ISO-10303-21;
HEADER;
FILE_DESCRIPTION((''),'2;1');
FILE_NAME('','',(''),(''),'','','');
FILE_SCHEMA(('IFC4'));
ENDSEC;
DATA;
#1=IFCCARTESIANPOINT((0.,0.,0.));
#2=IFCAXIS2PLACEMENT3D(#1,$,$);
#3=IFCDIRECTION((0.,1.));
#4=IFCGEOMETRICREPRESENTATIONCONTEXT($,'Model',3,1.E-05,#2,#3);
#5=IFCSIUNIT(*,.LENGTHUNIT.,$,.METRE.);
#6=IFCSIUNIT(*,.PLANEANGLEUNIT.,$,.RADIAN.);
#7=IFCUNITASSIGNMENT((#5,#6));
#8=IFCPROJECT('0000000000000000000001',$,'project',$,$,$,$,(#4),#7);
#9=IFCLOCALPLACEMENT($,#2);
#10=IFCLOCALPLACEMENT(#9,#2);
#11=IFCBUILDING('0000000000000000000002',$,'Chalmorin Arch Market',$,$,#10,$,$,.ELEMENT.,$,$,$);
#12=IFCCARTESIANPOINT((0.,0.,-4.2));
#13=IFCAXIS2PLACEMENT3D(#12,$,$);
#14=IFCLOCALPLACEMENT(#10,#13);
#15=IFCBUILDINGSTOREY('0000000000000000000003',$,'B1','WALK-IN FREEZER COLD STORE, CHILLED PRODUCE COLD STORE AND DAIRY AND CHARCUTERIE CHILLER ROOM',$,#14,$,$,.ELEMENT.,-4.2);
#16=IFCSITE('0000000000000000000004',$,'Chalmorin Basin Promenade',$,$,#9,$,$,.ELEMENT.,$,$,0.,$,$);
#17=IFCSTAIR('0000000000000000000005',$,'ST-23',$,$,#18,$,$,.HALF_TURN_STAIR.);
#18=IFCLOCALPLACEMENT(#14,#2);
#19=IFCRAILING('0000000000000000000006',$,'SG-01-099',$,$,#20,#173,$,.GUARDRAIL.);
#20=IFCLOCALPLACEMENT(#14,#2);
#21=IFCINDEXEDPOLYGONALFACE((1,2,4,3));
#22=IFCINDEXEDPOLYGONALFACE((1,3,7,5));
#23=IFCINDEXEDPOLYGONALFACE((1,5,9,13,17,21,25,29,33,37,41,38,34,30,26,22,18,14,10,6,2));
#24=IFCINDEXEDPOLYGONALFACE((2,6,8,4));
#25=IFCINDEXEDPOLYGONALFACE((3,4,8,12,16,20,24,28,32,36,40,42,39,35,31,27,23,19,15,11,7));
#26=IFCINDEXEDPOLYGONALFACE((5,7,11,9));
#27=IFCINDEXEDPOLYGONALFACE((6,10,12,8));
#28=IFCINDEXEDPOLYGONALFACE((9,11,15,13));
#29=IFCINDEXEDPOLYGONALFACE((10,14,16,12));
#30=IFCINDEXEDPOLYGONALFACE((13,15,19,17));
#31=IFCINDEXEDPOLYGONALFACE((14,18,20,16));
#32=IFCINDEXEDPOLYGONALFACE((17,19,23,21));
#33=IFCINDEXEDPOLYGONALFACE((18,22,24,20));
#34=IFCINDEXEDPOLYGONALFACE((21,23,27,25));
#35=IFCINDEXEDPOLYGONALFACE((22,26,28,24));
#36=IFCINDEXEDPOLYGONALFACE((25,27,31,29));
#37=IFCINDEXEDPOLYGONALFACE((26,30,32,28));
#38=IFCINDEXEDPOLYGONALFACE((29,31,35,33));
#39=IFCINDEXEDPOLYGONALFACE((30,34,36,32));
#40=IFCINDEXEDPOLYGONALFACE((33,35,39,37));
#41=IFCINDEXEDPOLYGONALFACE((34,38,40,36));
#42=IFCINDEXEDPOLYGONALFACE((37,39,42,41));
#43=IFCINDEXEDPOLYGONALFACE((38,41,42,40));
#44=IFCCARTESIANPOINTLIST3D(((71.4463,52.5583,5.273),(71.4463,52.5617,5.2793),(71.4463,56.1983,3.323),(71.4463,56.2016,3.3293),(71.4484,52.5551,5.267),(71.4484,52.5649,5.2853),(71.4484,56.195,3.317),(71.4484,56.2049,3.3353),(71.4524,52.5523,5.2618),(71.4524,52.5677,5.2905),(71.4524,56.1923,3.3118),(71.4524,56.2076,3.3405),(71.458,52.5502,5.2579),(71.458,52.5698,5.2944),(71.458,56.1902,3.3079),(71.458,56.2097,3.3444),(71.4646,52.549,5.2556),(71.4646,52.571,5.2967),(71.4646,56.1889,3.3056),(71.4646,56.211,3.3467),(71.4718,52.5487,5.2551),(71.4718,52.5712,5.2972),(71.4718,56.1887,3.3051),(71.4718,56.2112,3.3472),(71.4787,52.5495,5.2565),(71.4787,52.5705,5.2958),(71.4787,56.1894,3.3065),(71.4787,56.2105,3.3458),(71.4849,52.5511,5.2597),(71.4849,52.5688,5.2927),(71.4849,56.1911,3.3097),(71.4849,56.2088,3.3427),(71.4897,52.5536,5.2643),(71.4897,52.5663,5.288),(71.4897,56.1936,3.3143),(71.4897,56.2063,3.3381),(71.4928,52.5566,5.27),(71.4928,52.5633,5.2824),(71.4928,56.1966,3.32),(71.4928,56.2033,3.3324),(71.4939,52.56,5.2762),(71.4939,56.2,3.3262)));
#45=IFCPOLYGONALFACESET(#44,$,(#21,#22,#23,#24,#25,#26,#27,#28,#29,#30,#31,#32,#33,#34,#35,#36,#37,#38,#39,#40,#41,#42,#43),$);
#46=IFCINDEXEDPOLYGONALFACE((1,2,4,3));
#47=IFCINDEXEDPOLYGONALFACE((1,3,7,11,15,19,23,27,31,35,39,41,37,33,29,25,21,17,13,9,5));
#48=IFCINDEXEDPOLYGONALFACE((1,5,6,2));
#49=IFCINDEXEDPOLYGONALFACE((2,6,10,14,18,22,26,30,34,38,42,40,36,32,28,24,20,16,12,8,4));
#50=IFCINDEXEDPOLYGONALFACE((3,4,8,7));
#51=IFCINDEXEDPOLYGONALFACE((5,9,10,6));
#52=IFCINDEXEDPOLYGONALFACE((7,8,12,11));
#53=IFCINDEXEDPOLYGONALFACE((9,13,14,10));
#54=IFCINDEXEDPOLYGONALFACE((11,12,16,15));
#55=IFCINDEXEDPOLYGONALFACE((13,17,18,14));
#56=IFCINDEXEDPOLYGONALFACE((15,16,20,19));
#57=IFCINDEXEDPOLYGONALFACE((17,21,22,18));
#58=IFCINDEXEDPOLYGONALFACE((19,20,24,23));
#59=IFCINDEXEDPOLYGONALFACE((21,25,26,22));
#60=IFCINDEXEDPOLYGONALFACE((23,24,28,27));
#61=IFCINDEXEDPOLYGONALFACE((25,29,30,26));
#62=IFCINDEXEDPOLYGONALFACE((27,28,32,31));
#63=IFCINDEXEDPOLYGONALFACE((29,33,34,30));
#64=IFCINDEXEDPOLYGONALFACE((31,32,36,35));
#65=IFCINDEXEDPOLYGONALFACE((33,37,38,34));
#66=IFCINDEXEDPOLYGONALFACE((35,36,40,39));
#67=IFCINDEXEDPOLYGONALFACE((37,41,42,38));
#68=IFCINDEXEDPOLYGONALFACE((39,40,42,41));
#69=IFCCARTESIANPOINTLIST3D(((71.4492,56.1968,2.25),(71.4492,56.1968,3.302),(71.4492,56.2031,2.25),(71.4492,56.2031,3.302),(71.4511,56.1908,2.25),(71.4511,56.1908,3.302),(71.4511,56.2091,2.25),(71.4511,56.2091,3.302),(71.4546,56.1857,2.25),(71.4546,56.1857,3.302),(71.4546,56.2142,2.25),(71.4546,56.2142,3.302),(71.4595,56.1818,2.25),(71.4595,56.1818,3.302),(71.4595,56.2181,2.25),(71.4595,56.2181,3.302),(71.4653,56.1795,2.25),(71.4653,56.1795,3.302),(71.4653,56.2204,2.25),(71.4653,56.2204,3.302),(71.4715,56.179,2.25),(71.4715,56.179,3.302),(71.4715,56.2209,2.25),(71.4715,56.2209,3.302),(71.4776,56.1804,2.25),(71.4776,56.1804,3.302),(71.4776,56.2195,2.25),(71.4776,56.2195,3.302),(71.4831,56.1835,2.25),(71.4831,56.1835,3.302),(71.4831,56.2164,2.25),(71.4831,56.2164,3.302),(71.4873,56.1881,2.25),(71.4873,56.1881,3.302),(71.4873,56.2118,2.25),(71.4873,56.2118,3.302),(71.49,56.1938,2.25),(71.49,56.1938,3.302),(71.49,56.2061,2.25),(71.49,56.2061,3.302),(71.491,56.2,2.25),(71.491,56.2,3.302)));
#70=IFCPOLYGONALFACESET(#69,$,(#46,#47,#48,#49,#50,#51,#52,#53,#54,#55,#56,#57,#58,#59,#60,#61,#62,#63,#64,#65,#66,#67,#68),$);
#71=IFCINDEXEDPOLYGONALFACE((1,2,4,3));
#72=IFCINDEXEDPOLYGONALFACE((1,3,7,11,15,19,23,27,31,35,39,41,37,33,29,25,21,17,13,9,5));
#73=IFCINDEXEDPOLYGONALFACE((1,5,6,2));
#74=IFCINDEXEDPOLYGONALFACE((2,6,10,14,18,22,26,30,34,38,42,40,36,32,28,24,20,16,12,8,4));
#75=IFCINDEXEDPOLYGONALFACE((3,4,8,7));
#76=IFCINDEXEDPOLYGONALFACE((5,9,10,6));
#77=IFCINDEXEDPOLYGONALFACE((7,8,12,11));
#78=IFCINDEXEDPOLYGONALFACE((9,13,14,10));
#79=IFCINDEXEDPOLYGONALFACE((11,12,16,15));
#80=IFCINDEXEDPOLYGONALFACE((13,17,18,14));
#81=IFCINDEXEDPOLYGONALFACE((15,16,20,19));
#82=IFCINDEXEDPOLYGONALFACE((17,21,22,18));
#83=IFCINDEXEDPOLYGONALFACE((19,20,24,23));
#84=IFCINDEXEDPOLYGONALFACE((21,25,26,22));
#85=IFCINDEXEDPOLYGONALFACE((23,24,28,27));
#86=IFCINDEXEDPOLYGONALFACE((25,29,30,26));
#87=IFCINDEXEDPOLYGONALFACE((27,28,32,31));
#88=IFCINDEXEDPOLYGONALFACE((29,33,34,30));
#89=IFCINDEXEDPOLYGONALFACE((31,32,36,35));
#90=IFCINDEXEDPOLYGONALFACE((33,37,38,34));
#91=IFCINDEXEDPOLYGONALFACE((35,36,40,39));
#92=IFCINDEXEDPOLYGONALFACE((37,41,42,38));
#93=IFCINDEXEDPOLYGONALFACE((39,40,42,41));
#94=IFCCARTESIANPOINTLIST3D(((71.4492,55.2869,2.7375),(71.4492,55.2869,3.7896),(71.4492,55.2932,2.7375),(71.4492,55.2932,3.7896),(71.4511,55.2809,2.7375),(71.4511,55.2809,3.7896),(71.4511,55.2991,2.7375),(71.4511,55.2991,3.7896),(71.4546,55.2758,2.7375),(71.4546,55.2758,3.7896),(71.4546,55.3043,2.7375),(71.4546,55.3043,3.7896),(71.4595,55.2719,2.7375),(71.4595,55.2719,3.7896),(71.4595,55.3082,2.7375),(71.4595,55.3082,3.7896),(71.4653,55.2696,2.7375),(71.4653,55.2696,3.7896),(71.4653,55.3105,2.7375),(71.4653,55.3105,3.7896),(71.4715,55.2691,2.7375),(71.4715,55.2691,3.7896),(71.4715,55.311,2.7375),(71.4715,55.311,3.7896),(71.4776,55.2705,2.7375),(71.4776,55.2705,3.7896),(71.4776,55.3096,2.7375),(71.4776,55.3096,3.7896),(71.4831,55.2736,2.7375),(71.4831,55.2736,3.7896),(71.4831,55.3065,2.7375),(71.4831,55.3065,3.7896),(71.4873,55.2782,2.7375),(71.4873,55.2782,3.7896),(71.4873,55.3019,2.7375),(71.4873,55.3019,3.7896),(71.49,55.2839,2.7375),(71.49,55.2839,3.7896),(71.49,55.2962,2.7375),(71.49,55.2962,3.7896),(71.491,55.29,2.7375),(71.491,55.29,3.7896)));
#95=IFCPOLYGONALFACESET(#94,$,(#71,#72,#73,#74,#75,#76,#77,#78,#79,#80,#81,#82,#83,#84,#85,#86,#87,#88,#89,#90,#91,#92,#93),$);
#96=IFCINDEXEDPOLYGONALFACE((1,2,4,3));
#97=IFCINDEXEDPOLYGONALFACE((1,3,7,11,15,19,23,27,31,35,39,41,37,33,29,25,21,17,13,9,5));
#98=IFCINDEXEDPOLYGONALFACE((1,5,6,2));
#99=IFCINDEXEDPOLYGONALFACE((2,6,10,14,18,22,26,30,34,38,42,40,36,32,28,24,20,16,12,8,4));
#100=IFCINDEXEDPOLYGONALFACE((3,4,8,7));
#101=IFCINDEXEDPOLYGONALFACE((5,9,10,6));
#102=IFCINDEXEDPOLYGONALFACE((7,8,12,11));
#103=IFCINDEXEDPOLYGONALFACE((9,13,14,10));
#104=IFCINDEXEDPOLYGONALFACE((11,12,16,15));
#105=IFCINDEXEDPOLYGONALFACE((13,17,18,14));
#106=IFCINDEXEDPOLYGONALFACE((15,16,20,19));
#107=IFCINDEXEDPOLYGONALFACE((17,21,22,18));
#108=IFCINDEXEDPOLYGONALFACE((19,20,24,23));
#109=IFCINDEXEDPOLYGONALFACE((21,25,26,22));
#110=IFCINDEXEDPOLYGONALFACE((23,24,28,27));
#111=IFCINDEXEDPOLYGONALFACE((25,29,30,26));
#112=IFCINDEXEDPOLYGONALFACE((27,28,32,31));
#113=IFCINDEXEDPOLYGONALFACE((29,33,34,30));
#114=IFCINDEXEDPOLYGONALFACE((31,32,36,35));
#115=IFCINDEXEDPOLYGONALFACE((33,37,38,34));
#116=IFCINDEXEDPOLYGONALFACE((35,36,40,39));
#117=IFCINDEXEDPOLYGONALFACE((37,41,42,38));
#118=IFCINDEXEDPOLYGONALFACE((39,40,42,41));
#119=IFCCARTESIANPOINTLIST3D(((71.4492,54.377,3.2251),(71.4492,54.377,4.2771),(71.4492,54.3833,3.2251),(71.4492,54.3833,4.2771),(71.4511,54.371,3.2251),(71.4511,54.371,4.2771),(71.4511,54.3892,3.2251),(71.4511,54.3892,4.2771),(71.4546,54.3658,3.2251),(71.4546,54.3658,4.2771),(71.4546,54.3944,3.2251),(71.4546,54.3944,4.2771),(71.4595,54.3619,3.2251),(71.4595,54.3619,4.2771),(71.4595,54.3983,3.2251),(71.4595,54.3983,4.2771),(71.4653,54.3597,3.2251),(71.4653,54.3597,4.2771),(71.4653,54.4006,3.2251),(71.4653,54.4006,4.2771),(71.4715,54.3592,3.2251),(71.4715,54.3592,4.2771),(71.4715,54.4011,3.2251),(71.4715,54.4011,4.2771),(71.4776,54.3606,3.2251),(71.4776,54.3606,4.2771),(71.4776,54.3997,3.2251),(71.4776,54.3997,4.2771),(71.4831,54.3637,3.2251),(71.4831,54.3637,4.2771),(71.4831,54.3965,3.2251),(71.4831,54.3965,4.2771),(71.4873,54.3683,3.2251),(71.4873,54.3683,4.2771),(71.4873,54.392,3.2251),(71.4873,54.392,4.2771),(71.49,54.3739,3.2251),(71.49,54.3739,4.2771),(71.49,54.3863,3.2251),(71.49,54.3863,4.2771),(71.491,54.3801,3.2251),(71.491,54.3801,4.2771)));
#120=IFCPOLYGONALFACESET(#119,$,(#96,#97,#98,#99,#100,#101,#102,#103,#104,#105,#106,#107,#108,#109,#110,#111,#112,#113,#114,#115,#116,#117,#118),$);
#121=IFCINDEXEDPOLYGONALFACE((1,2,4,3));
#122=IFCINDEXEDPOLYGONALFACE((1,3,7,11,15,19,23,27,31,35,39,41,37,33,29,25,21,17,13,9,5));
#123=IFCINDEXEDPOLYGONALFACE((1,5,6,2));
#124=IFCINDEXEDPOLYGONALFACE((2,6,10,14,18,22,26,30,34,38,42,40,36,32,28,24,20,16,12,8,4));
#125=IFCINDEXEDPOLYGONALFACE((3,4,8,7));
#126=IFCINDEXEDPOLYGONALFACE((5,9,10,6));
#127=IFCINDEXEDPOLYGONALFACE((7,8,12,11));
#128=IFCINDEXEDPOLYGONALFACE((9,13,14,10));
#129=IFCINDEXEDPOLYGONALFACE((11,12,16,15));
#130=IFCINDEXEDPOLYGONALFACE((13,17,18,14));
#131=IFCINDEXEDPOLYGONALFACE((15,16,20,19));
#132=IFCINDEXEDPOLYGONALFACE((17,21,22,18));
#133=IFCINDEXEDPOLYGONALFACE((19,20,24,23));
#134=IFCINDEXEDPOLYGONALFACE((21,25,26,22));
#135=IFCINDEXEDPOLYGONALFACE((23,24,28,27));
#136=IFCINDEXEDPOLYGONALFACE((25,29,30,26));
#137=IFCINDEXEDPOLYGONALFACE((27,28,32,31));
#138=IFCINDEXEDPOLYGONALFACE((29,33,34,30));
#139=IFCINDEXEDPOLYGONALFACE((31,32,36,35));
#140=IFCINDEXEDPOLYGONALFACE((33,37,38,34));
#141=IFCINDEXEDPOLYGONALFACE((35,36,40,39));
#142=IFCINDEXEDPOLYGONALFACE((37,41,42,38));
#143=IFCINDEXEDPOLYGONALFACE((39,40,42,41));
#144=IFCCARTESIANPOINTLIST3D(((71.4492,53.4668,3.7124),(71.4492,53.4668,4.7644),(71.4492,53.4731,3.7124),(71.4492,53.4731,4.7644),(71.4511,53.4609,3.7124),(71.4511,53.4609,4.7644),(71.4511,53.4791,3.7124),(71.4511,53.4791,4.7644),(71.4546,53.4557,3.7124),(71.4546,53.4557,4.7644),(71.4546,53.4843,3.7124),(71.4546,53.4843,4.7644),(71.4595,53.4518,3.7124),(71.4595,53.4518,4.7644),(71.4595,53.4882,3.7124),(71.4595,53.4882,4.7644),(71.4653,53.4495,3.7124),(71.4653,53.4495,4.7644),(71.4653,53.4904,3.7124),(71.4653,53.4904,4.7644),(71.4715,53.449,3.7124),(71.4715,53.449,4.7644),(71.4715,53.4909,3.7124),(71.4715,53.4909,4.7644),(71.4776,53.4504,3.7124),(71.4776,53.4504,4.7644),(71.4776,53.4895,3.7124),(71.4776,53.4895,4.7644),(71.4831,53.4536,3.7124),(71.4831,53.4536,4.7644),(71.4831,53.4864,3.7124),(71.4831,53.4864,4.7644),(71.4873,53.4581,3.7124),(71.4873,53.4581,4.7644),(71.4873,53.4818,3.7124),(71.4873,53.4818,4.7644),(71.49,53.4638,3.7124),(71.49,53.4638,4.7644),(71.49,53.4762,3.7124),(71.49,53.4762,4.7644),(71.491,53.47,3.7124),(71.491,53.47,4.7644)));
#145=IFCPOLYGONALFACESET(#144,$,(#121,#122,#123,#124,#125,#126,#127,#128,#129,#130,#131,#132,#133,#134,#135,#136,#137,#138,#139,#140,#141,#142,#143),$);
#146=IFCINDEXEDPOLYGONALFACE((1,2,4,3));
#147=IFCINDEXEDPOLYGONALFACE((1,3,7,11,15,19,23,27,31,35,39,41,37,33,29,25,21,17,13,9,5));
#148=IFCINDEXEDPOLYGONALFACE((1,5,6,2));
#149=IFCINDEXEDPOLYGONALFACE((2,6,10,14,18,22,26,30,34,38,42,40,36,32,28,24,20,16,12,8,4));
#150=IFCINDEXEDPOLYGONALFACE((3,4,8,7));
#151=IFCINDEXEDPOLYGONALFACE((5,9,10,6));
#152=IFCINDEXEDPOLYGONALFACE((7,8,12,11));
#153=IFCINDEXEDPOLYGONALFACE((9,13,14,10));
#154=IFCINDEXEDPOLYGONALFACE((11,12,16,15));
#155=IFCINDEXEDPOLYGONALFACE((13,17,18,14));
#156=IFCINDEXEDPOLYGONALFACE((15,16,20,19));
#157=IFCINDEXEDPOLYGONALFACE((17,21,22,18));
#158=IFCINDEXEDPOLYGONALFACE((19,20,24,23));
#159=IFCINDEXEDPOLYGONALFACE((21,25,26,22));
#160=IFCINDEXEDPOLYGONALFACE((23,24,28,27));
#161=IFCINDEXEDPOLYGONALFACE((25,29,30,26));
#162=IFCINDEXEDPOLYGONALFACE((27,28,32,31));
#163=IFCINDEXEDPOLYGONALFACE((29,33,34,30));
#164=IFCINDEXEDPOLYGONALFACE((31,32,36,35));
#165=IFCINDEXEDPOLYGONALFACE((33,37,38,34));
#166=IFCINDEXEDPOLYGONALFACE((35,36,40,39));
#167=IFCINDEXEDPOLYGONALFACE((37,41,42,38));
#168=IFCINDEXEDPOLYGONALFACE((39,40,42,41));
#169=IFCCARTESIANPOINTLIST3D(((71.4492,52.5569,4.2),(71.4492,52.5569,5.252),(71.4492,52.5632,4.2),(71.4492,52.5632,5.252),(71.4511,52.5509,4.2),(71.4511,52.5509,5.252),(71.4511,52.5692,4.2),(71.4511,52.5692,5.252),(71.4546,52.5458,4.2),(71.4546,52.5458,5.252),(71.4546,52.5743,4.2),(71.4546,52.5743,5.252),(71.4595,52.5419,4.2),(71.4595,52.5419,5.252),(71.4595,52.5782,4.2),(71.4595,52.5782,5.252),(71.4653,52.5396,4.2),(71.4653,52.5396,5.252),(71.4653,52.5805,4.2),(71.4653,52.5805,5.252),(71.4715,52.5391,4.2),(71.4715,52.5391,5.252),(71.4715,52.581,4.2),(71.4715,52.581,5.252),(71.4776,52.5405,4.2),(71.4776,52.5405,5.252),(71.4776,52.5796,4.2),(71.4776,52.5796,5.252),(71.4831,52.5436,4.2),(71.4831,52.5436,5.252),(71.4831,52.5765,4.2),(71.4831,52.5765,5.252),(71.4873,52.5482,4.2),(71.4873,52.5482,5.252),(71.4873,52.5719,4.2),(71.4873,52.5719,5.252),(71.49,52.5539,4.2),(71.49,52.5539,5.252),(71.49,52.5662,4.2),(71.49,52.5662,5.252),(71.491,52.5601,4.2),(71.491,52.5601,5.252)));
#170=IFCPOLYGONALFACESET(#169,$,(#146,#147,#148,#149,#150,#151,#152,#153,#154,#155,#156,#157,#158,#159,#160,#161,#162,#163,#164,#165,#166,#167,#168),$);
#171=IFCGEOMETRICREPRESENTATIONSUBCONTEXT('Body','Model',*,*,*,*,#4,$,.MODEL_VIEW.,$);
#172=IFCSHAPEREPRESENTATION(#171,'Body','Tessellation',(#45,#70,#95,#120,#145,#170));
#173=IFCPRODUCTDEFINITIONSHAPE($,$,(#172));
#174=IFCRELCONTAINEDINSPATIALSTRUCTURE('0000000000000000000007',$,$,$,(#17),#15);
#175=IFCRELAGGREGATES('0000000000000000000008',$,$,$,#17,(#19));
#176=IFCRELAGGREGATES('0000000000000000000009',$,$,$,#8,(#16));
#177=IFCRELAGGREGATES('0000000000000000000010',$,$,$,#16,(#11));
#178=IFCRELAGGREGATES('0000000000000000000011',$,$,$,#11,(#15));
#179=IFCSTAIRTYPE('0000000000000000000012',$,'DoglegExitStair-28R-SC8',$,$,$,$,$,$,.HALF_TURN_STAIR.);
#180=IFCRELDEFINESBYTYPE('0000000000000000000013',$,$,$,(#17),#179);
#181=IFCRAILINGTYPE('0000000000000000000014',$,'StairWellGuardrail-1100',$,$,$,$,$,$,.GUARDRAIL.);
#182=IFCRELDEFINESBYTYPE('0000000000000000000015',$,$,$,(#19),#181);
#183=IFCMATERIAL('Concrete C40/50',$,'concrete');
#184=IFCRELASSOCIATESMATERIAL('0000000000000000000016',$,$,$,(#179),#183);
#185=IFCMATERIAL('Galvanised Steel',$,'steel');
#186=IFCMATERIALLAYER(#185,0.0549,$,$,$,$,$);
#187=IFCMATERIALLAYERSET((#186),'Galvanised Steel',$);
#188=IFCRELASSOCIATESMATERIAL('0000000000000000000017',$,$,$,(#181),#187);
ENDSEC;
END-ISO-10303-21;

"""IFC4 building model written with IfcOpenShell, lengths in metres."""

from ifc_helpers import new_model, si_unit, direction, frame, origin, origin_2d, place, context, subcontext, project, spatial, circle, extrude, material, layer, layer_set, type_object, element, aggregate, save


model = new_model("IFC4")

# Units and contexts
model_context = context("Model", 3, precision=1e-05, world=origin(), true_north=direction((0.0, 1.0)))
body_context = subcontext(model_context, "Body", "Model", "MODEL_VIEW")
ifc_project = project(units=[si_unit("LENGTHUNIT", "METRE"), si_unit("PLANEANGLEUNIT", "RADIAN")], contexts=[model_context])

# Site, building, storey
site_placement = place(None, origin())
site = spatial("IfcSite", under=ifc_project, at=site_placement, Name="Chalmorin Basin Promenade", CompositionType="ELEMENT", RefElevation=0.0)
building_placement = place(site_placement, origin())
building = spatial("IfcBuilding", under=site, at=building_placement, Name="Chalmorin Arch Market", CompositionType="ELEMENT")
storey_placement = place(building_placement, frame((0.0, 0.0, -4.2)))
storey = spatial("IfcBuildingStorey", under=building, at=storey_placement, Name="B1", Description="WALK-IN FREEZER COLD STORE, CHILLED PRODUCE COLD STORE AND DAIRY AND CHARCUTERIE CHILLER ROOM", CompositionType="ELEMENT", Elevation=-4.2)

# Shared definitions
ifc_material_1 = material(Name="Concrete C40/50", Category="concrete")

# Stair, railing
stair_type = type_object("IfcStairType", Name="DoglegExitStair-28R-SC8", PredefinedType="HALF_TURN_STAIR", material=ifc_material_1)
stair_placement = place(storey_placement, origin())
stair = element("IfcStair", 1, at=stair_placement, inside=storey, type_object=stair_type, Name="ST-23", PredefinedType="HALF_TURN_STAIR")
ifc_material_2 = material(Name="Galvanised Steel", Category="steel")
ifc_layer_1 = layer(ifc_material_2, 0.0549)
ifc_layer_set_1 = layer_set([ifc_layer_1], Name="Galvanised Steel")
railing_type_1 = type_object("IfcRailingType", Name="StairWellGuardrail-1100", PredefinedType="GUARDRAIL", material=ifc_layer_set_1)
railing_1_placement = place(storey_placement, frame((71.47, 56.2, 2.25)))
railing_1 = element("IfcRailing", 2, at=railing_1_placement, type_object=railing_type_1, Name="SG-01-099", PredefinedType="GUARDRAIL", context=body_context, shape_type="SweptSolid", body=[
    extrude(circle(Radius=0.0239, at=origin_2d()), frame((0.0, 0.0, 1.0762), z_axis=(0.0, -0.881479, 0.472223), x_axis=(1.0, 0.0, 0.0)), (0.0, 0.0, 1.0), 4.1294),
    extrude(circle(Radius=0.021, at=origin_2d()), origin(), (0.0, 0.0, 1.0), 1.052),
    extrude(circle(Radius=0.021, at=origin_2d()), frame((0.0, -0.9099, 0.4875)), (0.0, 0.0, 1.0), 1.052),
    extrude(circle(Radius=0.021, at=origin_2d()), frame((0.0, -1.8198, 0.9751)), (0.0, 0.0, 1.0), 1.052),
    extrude(circle(Radius=0.021, at=origin_2d()), frame((0.0, -2.73, 1.4624)), (0.0, 0.0, 1.0), 1.052),
    extrude(circle(Radius=0.021, at=origin_2d()), frame((0.0, -3.6399, 1.95)), (0.0, 0.0, 1.0), 1.052),
])
aggregate(stair, [railing_1])

save(model, "model.ifc")
